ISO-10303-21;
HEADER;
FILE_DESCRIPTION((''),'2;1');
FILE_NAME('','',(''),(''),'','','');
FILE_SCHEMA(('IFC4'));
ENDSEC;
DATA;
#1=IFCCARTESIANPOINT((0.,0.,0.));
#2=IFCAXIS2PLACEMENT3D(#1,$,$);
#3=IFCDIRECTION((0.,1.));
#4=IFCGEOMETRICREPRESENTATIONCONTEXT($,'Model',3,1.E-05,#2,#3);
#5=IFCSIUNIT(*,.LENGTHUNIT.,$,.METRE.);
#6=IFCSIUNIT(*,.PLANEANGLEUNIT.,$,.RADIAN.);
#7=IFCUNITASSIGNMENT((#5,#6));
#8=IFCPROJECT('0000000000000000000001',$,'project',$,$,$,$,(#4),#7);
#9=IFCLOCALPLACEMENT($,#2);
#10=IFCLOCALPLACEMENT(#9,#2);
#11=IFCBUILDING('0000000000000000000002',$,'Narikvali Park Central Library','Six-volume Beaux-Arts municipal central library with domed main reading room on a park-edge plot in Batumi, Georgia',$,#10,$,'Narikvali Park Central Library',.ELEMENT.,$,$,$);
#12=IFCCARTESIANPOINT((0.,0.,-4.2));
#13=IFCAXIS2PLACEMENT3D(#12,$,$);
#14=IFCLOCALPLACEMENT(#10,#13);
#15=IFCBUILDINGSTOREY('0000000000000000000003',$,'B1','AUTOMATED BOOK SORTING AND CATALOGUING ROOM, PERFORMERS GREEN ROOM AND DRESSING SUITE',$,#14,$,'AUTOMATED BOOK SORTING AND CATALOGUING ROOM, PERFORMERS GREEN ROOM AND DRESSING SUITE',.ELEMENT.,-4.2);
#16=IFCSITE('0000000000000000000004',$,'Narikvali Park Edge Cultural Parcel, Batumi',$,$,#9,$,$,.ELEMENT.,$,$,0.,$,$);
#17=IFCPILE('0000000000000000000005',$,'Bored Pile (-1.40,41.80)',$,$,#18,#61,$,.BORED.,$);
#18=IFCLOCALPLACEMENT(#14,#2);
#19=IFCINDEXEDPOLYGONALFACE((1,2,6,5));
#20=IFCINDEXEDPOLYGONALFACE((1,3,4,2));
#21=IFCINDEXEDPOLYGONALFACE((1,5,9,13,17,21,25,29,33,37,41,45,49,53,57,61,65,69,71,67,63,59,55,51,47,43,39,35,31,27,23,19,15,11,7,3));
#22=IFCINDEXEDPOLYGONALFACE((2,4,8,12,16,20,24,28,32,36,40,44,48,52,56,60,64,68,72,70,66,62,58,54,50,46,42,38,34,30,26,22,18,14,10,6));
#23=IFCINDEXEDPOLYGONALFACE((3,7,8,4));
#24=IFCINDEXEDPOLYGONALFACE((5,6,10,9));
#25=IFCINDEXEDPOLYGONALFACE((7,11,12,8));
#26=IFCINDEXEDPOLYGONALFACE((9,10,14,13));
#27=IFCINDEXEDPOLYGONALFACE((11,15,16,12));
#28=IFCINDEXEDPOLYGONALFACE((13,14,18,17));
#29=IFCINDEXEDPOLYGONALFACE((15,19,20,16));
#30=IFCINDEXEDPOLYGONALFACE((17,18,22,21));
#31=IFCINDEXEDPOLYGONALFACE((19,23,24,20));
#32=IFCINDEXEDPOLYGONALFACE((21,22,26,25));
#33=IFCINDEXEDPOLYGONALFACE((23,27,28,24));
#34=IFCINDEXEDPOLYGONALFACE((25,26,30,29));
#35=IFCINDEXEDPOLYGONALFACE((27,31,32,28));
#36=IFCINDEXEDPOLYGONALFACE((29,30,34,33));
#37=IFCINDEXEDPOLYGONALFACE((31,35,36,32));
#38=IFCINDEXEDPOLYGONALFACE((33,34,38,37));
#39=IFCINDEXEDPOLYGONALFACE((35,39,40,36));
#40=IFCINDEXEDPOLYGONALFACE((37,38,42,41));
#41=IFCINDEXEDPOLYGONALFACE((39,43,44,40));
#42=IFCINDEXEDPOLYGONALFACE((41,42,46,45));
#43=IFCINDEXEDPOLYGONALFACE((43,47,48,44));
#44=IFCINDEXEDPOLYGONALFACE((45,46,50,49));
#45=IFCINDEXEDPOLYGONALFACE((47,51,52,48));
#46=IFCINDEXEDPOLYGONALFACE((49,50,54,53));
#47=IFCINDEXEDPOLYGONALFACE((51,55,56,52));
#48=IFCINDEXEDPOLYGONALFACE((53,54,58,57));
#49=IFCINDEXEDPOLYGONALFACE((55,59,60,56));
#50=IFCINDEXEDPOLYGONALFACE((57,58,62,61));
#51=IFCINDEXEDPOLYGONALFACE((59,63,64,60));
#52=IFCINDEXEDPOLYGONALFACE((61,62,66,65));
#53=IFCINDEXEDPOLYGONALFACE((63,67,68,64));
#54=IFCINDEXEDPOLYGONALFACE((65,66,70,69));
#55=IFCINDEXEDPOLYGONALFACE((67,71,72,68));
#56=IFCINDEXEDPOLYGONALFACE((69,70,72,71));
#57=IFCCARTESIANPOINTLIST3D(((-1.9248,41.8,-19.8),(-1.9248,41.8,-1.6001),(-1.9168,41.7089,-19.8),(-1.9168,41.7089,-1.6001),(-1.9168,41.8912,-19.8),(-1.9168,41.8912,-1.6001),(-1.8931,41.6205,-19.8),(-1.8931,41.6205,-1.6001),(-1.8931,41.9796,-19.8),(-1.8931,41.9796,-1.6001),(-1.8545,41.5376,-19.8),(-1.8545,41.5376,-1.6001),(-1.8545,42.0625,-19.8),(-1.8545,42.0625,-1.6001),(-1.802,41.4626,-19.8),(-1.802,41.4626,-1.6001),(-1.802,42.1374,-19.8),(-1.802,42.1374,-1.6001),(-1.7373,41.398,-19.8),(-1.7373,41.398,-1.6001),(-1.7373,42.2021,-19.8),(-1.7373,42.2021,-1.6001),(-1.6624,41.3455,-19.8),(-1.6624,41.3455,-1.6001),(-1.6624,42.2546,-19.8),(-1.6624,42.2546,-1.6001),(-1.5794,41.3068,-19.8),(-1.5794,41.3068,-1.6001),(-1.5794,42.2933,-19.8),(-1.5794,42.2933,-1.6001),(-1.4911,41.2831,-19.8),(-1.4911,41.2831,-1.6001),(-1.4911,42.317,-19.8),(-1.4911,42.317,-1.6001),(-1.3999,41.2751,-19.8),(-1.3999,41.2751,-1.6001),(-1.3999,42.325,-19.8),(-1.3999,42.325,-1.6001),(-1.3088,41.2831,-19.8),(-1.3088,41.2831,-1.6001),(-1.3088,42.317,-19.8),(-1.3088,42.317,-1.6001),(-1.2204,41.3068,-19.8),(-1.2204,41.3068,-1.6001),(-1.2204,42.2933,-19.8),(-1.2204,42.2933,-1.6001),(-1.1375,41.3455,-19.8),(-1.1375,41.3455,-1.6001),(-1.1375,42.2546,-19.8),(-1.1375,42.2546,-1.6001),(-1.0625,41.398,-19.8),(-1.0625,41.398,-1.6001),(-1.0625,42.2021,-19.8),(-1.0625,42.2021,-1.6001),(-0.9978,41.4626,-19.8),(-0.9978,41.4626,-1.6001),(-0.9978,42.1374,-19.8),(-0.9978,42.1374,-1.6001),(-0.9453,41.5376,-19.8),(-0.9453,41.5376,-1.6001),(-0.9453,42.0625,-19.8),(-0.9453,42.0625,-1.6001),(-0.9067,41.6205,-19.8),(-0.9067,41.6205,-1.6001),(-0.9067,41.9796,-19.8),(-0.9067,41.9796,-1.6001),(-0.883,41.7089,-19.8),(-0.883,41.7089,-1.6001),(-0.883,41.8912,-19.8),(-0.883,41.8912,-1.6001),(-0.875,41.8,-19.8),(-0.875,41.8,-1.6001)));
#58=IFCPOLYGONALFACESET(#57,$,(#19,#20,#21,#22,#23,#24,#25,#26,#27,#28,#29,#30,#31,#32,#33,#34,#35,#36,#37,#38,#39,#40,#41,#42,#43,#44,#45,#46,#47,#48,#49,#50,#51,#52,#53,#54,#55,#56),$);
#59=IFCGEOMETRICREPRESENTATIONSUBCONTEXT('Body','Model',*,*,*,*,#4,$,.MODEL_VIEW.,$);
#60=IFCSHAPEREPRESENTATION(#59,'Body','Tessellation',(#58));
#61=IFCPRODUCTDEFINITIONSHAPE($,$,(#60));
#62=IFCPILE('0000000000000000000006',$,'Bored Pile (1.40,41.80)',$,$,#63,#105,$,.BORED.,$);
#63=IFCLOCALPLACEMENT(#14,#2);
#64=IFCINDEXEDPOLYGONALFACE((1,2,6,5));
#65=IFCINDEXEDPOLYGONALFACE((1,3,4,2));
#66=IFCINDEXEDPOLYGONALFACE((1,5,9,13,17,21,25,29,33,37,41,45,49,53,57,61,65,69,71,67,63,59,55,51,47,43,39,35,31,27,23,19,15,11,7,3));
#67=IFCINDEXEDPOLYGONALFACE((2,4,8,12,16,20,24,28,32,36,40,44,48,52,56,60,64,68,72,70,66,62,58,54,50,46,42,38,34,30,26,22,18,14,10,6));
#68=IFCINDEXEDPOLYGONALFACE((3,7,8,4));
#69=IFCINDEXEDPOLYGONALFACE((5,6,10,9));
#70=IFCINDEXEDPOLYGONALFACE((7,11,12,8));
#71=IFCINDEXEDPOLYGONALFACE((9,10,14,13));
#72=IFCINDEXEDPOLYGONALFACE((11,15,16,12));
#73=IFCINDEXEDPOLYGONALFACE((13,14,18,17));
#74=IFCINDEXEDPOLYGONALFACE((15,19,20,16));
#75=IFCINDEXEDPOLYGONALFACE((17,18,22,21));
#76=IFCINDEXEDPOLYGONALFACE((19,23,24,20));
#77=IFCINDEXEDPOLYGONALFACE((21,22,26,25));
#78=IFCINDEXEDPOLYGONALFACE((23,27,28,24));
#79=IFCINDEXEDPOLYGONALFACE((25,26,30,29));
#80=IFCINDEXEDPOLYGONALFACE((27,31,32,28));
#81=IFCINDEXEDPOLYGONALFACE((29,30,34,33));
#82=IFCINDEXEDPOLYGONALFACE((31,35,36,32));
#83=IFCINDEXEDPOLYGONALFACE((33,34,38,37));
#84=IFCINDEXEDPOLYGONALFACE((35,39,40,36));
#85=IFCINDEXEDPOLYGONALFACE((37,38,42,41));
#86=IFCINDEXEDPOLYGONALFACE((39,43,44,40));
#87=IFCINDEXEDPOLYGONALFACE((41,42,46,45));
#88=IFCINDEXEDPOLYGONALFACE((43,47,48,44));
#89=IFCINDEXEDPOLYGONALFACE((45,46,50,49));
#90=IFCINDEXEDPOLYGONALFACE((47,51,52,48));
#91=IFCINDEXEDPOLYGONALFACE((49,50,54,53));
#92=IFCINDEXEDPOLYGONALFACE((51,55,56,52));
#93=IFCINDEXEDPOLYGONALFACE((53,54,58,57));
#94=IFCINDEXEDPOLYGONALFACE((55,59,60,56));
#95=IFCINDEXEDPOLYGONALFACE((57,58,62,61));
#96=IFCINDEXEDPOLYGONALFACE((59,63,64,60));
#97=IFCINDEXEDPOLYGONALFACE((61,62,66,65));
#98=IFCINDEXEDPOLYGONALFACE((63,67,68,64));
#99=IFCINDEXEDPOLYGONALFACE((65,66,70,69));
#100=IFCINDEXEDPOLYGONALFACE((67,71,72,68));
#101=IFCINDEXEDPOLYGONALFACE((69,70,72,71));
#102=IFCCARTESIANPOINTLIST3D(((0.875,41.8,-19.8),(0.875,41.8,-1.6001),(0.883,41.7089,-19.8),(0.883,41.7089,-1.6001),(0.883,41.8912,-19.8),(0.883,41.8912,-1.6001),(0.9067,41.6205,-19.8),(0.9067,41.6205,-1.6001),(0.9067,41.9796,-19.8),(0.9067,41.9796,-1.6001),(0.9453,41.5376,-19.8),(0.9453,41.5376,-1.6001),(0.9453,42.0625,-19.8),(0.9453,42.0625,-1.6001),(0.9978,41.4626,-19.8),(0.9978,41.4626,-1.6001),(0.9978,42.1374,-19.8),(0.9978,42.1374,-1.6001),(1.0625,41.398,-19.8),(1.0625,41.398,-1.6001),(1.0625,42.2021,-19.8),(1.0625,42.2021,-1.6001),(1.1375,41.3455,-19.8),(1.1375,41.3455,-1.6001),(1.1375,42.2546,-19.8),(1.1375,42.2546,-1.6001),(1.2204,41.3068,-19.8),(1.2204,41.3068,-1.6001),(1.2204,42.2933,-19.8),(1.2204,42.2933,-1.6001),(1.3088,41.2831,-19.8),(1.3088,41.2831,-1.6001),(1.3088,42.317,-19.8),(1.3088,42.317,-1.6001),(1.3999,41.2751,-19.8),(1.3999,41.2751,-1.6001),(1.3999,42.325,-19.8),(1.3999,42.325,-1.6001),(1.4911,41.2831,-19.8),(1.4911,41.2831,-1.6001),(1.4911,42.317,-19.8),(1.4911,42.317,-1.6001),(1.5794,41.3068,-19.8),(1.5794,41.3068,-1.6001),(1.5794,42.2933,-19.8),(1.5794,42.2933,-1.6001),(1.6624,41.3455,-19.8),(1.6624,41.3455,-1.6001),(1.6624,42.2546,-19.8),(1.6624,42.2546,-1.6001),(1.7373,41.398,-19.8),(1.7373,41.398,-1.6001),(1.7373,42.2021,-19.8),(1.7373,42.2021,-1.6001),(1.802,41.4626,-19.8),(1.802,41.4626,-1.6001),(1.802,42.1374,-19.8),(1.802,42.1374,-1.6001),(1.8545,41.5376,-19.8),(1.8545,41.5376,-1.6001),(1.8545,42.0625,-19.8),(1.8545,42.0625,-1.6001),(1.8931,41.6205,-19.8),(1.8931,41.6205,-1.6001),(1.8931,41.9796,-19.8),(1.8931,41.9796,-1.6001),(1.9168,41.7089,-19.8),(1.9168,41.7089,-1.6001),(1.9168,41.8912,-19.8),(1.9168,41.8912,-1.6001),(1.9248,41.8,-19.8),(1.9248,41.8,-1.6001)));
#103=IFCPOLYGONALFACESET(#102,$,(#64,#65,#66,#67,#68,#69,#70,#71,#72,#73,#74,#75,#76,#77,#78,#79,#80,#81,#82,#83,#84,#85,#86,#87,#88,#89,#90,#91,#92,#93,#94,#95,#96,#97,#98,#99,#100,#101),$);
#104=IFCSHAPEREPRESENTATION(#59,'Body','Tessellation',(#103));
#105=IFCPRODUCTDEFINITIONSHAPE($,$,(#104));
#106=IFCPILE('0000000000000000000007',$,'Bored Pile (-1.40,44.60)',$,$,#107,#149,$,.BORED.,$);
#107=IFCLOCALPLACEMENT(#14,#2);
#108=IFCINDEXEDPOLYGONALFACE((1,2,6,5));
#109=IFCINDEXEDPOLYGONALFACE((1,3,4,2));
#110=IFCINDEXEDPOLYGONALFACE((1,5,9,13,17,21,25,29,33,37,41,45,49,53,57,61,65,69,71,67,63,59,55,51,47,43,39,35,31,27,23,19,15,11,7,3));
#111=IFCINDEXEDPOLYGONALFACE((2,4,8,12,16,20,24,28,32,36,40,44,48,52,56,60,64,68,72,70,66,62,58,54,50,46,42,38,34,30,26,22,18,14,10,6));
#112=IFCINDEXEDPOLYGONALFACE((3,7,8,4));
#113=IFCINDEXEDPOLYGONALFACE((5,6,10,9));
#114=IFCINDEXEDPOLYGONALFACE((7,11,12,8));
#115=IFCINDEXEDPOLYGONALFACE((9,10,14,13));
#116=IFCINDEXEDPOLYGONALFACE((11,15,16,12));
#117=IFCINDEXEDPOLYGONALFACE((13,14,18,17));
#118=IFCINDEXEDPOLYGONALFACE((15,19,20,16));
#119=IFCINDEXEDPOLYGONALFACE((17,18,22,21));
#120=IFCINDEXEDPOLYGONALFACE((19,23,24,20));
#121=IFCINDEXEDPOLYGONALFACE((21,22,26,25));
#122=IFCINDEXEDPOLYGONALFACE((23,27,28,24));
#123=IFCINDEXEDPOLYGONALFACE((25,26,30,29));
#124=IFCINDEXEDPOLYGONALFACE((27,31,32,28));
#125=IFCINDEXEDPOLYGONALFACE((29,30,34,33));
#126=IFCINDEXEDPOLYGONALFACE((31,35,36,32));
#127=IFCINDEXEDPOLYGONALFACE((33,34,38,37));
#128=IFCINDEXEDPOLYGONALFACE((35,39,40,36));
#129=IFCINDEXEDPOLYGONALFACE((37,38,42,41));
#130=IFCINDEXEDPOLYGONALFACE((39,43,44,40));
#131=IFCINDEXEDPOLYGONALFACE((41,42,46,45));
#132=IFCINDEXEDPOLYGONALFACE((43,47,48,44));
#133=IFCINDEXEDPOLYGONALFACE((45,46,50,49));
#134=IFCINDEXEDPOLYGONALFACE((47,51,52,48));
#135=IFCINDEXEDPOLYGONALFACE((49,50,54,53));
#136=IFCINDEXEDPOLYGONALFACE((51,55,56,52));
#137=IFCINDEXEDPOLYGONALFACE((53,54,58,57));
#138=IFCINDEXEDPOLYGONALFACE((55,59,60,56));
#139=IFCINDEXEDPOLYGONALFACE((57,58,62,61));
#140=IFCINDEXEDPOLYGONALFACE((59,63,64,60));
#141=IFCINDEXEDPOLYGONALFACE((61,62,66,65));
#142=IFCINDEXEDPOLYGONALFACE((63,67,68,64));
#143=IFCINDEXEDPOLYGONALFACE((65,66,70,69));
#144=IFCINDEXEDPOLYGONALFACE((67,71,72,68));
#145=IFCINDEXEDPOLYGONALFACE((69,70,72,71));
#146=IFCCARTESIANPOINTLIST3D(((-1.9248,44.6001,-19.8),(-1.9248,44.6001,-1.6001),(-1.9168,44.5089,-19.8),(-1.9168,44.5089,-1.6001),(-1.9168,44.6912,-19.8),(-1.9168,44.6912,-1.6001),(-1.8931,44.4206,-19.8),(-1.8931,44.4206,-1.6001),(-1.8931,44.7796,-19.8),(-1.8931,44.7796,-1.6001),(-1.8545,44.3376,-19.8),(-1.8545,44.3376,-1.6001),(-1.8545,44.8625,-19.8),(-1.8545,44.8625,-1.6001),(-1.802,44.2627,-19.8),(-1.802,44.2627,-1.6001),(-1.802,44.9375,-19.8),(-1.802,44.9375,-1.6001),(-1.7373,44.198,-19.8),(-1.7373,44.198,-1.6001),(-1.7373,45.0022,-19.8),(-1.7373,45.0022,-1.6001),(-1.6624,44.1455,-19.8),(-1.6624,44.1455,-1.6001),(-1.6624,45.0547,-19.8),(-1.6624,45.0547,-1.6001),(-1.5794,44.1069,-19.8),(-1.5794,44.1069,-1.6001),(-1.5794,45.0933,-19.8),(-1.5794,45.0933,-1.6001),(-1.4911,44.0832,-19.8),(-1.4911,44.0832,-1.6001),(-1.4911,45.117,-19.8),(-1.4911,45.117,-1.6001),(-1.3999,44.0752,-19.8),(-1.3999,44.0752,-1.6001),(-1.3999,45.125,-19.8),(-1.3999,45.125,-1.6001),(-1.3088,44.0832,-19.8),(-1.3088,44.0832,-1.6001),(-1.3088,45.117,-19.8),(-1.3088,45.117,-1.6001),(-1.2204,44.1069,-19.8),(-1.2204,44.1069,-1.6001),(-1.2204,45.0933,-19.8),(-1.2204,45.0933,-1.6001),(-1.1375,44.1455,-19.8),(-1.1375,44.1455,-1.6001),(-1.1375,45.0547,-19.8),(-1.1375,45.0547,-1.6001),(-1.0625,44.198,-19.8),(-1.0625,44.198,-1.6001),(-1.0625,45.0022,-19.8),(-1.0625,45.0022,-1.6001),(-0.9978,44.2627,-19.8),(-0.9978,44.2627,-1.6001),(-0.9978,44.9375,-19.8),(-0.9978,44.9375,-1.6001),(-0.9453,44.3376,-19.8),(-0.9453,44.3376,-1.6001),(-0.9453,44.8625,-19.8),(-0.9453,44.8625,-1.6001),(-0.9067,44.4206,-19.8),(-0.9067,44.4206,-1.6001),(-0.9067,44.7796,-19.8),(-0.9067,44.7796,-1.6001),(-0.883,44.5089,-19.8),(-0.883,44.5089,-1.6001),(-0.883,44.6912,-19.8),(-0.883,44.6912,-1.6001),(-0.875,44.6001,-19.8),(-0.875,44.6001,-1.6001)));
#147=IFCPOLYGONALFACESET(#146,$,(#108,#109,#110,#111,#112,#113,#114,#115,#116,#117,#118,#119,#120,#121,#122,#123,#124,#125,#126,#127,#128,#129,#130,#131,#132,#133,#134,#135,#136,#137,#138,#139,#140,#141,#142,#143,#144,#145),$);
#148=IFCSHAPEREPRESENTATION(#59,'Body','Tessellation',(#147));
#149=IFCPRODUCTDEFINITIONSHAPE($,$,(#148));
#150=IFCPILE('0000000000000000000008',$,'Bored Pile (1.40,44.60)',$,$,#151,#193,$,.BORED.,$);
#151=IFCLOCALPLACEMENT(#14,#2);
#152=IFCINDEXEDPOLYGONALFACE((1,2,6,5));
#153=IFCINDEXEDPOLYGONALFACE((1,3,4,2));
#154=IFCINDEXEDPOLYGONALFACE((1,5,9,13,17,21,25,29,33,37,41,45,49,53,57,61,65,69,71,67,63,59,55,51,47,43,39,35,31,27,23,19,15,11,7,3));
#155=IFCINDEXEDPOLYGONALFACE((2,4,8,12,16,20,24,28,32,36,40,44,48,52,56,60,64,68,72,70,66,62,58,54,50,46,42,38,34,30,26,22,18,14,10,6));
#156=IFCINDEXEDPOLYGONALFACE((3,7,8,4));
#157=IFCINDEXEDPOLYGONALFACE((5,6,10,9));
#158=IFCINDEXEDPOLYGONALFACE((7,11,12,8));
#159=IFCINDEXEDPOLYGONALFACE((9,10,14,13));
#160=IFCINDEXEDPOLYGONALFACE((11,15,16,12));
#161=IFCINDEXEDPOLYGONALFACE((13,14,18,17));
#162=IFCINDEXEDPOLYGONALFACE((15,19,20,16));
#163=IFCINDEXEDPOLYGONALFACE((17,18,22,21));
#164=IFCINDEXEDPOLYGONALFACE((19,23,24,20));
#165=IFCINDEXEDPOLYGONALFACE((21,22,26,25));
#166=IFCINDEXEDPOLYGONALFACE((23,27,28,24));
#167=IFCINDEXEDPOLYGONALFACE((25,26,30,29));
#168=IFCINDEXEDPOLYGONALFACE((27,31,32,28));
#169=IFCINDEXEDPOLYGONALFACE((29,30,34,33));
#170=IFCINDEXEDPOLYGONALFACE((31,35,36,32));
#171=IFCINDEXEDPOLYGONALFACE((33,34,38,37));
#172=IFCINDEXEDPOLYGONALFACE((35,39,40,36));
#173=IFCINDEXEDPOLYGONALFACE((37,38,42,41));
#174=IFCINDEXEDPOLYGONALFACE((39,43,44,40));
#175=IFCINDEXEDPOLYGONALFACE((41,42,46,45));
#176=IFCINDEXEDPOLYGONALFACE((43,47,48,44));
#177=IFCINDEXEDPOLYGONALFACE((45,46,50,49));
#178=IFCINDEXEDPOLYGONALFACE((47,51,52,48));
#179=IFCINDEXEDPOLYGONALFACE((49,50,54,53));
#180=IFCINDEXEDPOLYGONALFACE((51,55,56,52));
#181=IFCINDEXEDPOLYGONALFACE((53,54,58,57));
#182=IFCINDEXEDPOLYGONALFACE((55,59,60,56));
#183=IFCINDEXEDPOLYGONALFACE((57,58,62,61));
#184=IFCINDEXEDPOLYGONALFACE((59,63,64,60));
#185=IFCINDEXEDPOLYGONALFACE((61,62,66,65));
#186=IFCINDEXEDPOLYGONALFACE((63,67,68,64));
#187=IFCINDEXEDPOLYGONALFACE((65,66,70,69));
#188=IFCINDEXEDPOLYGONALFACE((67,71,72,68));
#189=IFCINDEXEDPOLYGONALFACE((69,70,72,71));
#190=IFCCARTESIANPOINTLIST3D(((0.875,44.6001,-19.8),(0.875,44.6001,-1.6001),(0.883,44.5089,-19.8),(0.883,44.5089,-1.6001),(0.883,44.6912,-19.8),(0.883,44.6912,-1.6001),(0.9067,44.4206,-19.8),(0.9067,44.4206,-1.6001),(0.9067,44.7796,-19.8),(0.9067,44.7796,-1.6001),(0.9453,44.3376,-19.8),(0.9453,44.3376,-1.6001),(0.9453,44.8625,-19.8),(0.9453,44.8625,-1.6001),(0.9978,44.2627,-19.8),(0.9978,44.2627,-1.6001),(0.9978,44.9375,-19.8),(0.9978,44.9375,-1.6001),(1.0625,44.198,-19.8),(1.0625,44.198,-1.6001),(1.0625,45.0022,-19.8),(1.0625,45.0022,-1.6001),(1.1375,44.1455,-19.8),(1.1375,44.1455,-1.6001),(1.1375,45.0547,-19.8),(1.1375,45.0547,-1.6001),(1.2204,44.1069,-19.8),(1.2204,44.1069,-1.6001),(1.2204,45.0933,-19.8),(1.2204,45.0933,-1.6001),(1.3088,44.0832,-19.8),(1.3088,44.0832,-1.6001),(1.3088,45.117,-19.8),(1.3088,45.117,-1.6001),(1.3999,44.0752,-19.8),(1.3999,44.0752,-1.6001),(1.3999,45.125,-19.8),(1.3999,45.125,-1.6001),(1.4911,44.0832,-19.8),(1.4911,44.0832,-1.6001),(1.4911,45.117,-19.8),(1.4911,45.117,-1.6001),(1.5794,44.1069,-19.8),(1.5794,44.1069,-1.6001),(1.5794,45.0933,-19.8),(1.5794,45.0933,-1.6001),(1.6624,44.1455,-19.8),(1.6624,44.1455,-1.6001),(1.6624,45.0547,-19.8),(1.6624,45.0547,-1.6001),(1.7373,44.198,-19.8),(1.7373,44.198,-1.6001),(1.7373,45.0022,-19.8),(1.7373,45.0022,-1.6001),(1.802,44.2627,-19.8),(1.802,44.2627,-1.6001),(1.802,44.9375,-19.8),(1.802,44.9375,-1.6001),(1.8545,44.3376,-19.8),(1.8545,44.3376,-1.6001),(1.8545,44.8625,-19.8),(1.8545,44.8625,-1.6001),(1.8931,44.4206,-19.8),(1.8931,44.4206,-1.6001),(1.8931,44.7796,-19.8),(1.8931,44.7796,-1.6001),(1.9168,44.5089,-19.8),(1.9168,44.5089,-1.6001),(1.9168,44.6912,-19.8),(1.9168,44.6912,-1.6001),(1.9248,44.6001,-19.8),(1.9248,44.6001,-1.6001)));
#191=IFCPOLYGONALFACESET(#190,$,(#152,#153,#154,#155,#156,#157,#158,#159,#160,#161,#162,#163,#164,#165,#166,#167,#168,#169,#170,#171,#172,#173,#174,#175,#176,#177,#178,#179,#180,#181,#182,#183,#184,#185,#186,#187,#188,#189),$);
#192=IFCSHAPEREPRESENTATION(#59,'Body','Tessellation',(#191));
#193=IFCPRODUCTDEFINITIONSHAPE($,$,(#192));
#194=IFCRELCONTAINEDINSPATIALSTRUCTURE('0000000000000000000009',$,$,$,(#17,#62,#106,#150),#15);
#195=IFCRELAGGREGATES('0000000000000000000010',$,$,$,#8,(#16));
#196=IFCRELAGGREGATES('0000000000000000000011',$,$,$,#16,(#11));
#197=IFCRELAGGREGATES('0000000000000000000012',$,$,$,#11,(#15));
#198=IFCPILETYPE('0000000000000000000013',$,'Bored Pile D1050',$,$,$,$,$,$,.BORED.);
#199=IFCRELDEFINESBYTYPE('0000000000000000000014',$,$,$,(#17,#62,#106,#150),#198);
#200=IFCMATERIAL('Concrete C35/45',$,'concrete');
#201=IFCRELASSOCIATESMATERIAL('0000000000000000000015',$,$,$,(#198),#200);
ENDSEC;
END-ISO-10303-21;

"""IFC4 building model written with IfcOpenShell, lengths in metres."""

from ifc_helpers import new_model, si_unit, direction, frame, origin, origin_2d, place, context, subcontext, project, spatial, circle, extrude, material, material_profile, profile_set, type_object, element, save


model = new_model("IFC4")

# Units and contexts
model_context = context("Model", 3, precision=1e-05, world=origin(), true_north=direction((0.0, 1.0)))
body_context = subcontext(model_context, "Body", "Model", "MODEL_VIEW")
ifc_project = project(units=[si_unit("LENGTHUNIT", "METRE"), si_unit("PLANEANGLEUNIT", "RADIAN")], contexts=[model_context])

# Site, building, storey
site_placement = place(None, origin())
site = spatial("IfcSite", under=ifc_project, at=site_placement, Name="Narikvali Park Edge Cultural Parcel, Batumi", CompositionType="ELEMENT", RefElevation=0.0)
building_placement = place(site_placement, origin())
building = spatial("IfcBuilding", under=site, at=building_placement, Name="Narikvali Park Central Library", Description="Six-volume Beaux-Arts municipal central library with domed main reading room on a park-edge plot in Batumi, Georgia", LongName="Narikvali Park Central Library", CompositionType="ELEMENT")
storey_placement = place(building_placement, frame((0.0, 0.0, -4.2)))
storey = spatial("IfcBuildingStorey", under=building, at=storey_placement, Name="B1", Description="AUTOMATED BOOK SORTING AND CATALOGUING ROOM, PERFORMERS GREEN ROOM AND DRESSING SUITE", LongName="AUTOMATED BOOK SORTING AND CATALOGUING ROOM, PERFORMERS GREEN ROOM AND DRESSING SUITE", CompositionType="ELEMENT", Elevation=-4.2)

# Piles
ifc_material_1 = material(Name="Concrete C35/45", Category="concrete")
ifc_material_profile_1 = material_profile(ifc_material_1, circle(Radius=0.5249, at=origin_2d()), Name="PILE D1050")
ifc_profile_set_1 = profile_set([ifc_material_profile_1], Name="Concrete C35/45")
pile_type = type_object("IfcPileType", Name="Bored Pile D1050", PredefinedType="BORED", material=ifc_profile_set_1)
for number, where, z_axis, x_axis, name in (
    (1, (-1.3999, 41.8, -1.6001), (0.0, 0.0, -1.0), (1.0, 0.0, 0.0), "Bored Pile (-1.40,41.80)"),
    (2, (1.3999, 41.8, -1.6001), (0.0, 0.0, -1.0), (1.0, 0.0, 0.0), "Bored Pile (1.40,41.80)"),
    (3, (-1.3999, 44.6001, -1.6001), (0.0, 0.0, -1.0), (1.0, 0.0, 0.0), "Bored Pile (-1.40,44.60)"),
    (4, (1.3999, 44.6001, -1.6001), (0.0, 0.0, -1.0), (1.0, 0.0, 0.0), "Bored Pile (1.40,44.60)"),
):
    element("IfcPile", number, at=place(storey_placement, frame(where, z_axis=z_axis, x_axis=x_axis)), inside=storey, type_object=pile_type, Name=name, PredefinedType="BORED", context=body_context, shape_type="SweptSolid", body=[
        extrude(circle(Radius=0.5249, at=origin_2d()), origin(), (0.0, 0.0, 1.0), 18.2),
    ])

save(model, "model.ifc")
